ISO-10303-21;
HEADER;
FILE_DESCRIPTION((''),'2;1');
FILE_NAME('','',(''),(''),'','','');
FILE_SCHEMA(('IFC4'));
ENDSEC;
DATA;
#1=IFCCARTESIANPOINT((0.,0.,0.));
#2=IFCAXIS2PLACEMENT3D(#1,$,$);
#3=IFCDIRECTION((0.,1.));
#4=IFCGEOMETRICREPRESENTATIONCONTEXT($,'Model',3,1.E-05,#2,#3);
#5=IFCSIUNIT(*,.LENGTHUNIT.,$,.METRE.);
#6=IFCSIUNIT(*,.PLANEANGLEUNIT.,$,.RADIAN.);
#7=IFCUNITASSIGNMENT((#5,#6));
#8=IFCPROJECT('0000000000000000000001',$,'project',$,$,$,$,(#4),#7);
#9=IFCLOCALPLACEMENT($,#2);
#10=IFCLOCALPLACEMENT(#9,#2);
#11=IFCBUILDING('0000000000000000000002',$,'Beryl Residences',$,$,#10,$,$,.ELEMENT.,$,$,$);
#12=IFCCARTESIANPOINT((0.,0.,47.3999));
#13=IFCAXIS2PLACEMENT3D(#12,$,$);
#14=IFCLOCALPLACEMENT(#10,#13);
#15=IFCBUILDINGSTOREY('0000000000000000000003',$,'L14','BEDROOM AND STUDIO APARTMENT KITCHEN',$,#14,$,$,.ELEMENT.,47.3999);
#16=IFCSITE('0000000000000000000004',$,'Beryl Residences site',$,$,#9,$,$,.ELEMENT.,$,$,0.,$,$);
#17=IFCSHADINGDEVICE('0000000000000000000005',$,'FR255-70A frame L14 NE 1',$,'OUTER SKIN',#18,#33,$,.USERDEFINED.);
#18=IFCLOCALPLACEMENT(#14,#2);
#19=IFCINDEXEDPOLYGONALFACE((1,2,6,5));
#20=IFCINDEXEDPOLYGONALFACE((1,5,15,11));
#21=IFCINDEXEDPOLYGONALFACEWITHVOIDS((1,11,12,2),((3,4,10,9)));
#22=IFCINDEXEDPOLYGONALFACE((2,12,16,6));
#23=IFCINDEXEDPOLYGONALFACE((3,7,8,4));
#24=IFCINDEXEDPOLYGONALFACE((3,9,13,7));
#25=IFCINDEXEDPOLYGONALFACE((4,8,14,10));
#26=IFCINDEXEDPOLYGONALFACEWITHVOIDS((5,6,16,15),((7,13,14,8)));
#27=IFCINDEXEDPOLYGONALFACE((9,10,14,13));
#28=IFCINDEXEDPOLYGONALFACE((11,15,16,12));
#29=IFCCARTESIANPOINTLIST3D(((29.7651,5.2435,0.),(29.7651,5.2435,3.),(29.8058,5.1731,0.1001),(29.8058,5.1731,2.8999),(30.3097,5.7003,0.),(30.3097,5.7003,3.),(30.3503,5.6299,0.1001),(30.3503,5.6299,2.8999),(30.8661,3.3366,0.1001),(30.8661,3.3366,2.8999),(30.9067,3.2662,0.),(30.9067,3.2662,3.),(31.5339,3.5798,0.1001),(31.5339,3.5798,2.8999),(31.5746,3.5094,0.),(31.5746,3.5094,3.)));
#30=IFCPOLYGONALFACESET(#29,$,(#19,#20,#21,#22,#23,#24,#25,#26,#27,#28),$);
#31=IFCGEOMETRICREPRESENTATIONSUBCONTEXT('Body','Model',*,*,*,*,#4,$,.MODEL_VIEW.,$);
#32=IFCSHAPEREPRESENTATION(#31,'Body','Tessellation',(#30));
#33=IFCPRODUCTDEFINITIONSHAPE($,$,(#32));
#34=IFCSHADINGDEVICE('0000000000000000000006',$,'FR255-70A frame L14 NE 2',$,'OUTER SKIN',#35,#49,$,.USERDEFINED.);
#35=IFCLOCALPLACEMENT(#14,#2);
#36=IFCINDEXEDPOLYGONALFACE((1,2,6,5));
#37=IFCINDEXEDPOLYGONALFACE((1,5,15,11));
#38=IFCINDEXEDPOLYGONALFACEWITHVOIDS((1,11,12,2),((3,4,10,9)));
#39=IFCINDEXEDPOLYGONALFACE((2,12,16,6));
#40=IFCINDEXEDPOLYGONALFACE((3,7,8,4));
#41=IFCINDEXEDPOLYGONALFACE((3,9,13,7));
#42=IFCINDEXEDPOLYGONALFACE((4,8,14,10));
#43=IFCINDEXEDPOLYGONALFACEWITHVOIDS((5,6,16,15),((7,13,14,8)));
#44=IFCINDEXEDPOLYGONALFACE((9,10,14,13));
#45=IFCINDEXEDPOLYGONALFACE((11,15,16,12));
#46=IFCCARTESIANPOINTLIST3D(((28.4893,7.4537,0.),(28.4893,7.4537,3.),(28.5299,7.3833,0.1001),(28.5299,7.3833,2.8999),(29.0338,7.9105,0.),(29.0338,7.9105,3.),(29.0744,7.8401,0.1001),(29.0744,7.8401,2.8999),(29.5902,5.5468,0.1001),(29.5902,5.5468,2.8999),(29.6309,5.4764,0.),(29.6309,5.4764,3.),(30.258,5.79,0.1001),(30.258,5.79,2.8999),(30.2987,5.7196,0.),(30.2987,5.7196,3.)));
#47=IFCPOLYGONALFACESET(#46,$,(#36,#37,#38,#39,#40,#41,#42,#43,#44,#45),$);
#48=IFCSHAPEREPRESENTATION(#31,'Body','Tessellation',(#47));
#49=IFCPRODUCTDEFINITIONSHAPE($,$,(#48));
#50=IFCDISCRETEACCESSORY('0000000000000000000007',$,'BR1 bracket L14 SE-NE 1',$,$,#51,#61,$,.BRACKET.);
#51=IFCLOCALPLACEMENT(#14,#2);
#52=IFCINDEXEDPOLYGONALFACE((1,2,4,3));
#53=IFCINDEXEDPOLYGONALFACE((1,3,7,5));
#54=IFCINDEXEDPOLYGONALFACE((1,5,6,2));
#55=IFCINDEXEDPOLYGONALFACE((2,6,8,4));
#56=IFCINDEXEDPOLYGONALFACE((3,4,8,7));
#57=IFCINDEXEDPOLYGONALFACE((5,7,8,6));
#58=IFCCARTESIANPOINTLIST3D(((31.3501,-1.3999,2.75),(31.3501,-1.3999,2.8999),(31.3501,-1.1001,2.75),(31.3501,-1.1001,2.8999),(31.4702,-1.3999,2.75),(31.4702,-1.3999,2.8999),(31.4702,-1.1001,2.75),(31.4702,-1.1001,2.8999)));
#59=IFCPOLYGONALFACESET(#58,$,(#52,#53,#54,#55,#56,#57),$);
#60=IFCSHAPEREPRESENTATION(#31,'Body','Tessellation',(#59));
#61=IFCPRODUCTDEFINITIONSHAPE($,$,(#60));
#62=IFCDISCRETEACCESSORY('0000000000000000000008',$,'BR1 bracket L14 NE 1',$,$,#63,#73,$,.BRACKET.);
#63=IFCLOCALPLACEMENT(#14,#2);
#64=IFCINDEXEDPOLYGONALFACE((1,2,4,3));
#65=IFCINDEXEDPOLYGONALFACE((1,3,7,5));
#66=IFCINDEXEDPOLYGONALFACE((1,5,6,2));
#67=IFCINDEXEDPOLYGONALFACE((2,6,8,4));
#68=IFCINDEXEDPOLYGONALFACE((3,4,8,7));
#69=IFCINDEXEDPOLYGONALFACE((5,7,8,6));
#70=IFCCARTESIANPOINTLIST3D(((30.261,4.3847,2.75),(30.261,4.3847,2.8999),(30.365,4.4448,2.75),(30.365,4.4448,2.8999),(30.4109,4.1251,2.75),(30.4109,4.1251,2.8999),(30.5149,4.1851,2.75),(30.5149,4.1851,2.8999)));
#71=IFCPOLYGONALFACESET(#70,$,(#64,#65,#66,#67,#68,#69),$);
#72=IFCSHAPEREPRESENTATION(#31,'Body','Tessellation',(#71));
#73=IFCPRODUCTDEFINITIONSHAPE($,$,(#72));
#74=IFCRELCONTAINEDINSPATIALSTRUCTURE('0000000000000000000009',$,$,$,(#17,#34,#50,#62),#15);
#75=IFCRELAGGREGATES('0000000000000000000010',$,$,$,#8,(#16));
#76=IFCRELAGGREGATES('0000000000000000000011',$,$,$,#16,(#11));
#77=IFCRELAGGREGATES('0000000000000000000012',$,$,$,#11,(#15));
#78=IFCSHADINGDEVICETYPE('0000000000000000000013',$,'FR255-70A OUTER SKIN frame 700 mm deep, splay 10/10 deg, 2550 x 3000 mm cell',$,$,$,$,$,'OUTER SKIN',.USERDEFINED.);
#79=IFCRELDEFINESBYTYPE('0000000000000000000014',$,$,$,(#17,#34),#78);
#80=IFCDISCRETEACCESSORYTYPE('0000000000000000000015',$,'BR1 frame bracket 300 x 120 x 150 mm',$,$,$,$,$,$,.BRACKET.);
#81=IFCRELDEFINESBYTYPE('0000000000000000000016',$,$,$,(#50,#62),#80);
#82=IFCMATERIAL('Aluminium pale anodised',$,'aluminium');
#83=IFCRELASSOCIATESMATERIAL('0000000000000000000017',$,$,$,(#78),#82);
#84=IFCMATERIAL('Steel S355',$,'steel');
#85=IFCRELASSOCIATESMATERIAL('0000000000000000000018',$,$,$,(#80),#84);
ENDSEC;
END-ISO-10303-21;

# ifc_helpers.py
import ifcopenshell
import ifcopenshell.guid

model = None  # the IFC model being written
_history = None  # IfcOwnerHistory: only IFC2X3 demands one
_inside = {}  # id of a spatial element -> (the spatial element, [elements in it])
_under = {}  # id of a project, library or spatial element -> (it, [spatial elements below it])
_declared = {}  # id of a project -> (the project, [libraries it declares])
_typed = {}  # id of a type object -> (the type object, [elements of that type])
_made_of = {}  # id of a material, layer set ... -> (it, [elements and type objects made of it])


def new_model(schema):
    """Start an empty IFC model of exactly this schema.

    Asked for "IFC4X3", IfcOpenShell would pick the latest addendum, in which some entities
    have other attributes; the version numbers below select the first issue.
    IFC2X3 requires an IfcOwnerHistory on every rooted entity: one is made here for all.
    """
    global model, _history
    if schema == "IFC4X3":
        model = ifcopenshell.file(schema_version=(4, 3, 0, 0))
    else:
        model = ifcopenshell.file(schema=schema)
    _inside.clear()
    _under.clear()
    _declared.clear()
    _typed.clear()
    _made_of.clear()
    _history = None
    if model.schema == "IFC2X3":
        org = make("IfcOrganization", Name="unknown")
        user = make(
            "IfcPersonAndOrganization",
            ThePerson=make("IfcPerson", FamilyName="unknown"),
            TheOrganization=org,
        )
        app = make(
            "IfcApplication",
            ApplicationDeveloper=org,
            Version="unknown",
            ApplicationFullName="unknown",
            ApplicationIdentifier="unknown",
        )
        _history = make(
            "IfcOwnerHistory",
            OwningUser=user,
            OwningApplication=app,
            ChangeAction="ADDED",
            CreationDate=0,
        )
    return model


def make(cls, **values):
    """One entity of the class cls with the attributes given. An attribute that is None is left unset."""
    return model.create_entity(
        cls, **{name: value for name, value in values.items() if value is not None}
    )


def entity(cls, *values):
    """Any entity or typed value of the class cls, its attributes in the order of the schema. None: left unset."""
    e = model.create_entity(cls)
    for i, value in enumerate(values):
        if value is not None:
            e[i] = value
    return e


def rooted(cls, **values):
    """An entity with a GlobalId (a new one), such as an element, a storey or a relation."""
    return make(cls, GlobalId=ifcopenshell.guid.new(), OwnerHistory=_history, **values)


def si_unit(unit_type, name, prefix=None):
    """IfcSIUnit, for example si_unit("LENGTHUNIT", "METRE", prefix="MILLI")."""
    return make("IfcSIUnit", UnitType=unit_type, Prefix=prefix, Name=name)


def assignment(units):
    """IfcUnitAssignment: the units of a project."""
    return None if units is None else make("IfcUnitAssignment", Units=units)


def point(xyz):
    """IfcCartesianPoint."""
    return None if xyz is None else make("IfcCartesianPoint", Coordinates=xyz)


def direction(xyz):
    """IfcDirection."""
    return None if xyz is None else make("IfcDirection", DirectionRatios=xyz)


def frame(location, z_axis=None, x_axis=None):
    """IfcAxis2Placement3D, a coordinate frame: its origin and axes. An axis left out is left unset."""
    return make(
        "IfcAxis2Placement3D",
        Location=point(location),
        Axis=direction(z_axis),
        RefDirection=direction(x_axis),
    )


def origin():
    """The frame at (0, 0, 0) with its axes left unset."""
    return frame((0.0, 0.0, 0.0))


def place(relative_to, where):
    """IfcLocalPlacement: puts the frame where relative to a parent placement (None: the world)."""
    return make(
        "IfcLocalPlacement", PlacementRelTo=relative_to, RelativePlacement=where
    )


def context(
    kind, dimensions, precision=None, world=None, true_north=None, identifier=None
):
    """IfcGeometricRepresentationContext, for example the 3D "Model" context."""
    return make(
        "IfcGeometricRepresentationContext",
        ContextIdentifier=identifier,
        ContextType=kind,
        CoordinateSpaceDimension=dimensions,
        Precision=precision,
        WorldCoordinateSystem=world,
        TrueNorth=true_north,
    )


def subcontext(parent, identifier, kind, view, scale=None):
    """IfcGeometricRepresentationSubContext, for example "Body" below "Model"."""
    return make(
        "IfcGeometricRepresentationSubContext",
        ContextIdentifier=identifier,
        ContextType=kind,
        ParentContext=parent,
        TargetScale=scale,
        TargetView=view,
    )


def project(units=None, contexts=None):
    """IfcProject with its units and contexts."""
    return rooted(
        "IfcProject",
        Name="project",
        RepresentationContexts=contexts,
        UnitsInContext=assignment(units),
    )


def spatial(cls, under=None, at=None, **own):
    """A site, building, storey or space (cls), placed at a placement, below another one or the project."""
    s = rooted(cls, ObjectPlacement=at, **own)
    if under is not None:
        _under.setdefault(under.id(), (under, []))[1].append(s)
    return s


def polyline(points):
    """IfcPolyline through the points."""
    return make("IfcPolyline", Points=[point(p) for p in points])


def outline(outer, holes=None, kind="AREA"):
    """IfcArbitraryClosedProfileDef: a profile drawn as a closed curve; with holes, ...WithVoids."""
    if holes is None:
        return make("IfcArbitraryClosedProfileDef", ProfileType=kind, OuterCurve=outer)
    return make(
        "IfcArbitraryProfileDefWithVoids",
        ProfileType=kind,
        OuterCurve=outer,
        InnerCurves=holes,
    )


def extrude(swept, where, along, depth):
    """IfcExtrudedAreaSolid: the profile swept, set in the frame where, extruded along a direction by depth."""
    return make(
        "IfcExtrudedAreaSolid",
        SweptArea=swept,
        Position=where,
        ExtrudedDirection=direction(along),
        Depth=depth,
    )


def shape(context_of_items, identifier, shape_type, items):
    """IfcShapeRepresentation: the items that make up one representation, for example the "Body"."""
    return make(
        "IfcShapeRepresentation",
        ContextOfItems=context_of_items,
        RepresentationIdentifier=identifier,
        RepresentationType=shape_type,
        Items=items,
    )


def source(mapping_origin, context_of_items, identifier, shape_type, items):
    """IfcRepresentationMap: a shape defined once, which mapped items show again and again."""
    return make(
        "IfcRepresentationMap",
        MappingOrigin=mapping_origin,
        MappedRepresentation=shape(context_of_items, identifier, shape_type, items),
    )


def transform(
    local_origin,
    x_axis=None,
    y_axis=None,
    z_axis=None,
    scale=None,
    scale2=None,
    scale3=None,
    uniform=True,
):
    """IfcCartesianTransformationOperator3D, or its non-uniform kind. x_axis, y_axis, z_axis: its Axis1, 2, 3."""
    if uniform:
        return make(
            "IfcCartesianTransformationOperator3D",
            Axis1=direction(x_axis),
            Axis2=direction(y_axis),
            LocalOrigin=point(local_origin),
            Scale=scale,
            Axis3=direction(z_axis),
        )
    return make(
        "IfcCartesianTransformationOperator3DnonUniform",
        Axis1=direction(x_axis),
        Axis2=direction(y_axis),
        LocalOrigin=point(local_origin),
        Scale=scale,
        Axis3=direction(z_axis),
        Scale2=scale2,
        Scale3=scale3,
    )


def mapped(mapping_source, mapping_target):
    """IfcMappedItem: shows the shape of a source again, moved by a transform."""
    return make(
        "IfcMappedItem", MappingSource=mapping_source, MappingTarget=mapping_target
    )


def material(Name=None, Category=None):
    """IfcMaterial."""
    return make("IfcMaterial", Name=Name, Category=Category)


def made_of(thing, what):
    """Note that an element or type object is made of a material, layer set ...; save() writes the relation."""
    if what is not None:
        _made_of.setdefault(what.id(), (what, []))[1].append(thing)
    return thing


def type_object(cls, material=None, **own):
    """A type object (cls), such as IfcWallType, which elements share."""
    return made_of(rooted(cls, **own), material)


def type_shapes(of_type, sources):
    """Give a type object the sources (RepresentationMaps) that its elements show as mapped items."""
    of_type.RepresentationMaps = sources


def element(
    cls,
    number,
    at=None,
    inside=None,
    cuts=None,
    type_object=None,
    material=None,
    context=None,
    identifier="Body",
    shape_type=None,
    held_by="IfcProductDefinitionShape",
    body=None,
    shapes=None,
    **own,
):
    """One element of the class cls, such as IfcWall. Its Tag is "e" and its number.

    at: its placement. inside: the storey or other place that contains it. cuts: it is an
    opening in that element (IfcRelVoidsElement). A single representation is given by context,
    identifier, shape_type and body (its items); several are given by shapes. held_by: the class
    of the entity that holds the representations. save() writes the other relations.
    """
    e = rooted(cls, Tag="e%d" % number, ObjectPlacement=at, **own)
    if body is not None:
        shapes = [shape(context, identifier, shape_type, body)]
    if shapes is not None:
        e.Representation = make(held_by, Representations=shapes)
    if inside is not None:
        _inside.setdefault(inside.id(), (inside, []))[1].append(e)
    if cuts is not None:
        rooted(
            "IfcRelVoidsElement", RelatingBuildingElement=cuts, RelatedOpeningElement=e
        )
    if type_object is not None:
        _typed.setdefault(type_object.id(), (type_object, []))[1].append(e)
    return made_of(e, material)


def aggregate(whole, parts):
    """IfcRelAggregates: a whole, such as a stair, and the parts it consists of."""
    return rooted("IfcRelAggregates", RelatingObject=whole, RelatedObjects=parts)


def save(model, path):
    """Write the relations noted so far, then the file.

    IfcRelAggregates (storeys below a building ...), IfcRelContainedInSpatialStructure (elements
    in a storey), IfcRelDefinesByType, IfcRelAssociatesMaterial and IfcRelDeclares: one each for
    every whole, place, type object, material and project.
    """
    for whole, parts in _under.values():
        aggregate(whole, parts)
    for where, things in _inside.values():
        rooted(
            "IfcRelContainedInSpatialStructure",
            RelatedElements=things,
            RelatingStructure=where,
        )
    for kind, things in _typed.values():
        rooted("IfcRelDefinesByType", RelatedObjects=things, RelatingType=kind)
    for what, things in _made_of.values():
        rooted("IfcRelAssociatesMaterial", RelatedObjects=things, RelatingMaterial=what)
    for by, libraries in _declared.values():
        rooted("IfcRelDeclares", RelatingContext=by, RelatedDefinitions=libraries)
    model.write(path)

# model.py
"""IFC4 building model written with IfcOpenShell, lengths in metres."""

from ifc_helpers import new_model, entity, si_unit, direction, frame, origin, place, context, subcontext, project, spatial, polyline, outline, extrude, source, transform, mapped, material, type_object, type_shapes, element, save


model = new_model("IFC4")

# Units and contexts
model_context = context("Model", 3, precision=1e-05, world=origin(), true_north=direction((0.0, 1.0)))
body_context = subcontext(model_context, "Body", "Model", "MODEL_VIEW")
ifc_project = project(units=[si_unit("LENGTHUNIT", "METRE"), si_unit("PLANEANGLEUNIT", "RADIAN")], contexts=[model_context])

# Site, building, storey
site_placement = place(None, origin())
site = spatial("IfcSite", under=ifc_project, at=site_placement, Name="Beryl Residences site", CompositionType="ELEMENT", RefElevation=0.0)
building_placement = place(site_placement, origin())
building = spatial("IfcBuilding", under=site, at=building_placement, Name="Beryl Residences", CompositionType="ELEMENT")
storey_placement = place(building_placement, frame((0.0, 0.0, 47.3999)))
storey = spatial("IfcBuildingStorey", under=building, at=storey_placement, Name="L14", Description="BEDROOM AND STUDIO APARTMENT KITCHEN", CompositionType="ELEMENT", Elevation=47.3999)

# Shading devices
ifc_material_1 = material(Name="Aluminium pale anodised", Category="aluminium")
shading_device_type_1 = type_object("IfcShadingDeviceType", Name="FR255-70A OUTER SKIN frame 700 mm deep, splay 10/10 deg, 2550 x 3000 mm cell", ElementType="OUTER SKIN", PredefinedType="USERDEFINED", material=ifc_material_1)
cartesian_point_1 = entity("IfcCartesianPoint", [-1.1416, 0.0])
cartesian_point_2 = entity("IfcCartesianPoint", [-1.0603, 0.1001])
cartesian_point_3 = entity("IfcCartesianPoint", [-1.2649, 0.0])
cartesian_point_4 = entity("IfcCartesianPoint", [-1.1836, 0.1001])
shared_shape_1 = source(origin(), body_context, "Body", "SweptSolid", [
    entity("IfcExtrudedAreaSolidTapered", entity("IfcArbitraryProfileDefWithVoids", "AREA", None, entity("IfcPolyline", [cartesian_point_1, entity("IfcCartesianPoint", [1.1416, 0.0]), entity("IfcCartesianPoint", [1.1416, 3.0]), entity("IfcCartesianPoint", [-1.1416, 3.0]), cartesian_point_1]), [entity("IfcPolyline", [cartesian_point_2, entity("IfcCartesianPoint", [1.0603, 0.1001]), entity("IfcCartesianPoint", [1.0603, 2.8999]), entity("IfcCartesianPoint", [-1.0603, 2.8999]), cartesian_point_2])]), entity("IfcAxis2Placement3D", entity("IfcCartesianPoint", [0.0, 0.0, 0.0]), entity("IfcDirection", [0.0, 1.0, 0.0]), entity("IfcDirection", [-1.0, 0.0, 0.0])), entity("IfcDirection", [0.0, 0.0, 1.0]), 0.7, entity("IfcArbitraryProfileDefWithVoids", "AREA", None, entity("IfcPolyline", [cartesian_point_3, entity("IfcCartesianPoint", [1.2649, 0.0]), entity("IfcCartesianPoint", [1.2649, 3.0]), entity("IfcCartesianPoint", [-1.2649, 3.0]), cartesian_point_3]), [entity("IfcPolyline", [cartesian_point_4, entity("IfcCartesianPoint", [1.1836, 0.1001]), entity("IfcCartesianPoint", [1.1836, 2.8999]), entity("IfcCartesianPoint", [-1.1836, 2.8999]), cartesian_point_4])])),
])
type_shapes(shading_device_type_1, [shared_shape_1])
for number, where, z_axis, x_axis, name in (
    (1, (30.3359, 4.2549, 0.0), (0.0, 0.0, 1.0), (0.5, -0.866025, 0.0), "FR255-70A frame L14 NE 1"),
    (2, (29.0601, 6.4651, 0.0), (0.0, 0.0, 1.0), (0.5, -0.866025, 0.0), "FR255-70A frame L14 NE 2"),
):
    element("IfcShadingDevice", number, at=place(storey_placement, frame(where, z_axis=z_axis, x_axis=x_axis)), inside=storey, type_object=shading_device_type_1, Name=name, ObjectType="OUTER SKIN", PredefinedType="USERDEFINED", context=body_context, shape_type="MappedRepresentation", body=[
        mapped(shared_shape_1, transform((0.0, 0.0, 0.0))),
    ])

# Discrete accessories
ifc_material_2 = material(Name="Steel S355", Category="steel")
discrete_accessory_type = type_object("IfcDiscreteAccessoryType", Name="BR1 frame bracket 300 x 120 x 150 mm", PredefinedType="BRACKET", material=ifc_material_2)
shared_shape_2 = source(origin(), body_context, "Body", "SweptSolid", [
    extrude(outline(polyline([(-0.1499, 0.0), (0.1499, 0.0), (0.1499, 0.1201), (-0.1499, 0.1201), (-0.1499, 0.0)])), origin(), (0.0, 0.0, 1.0), 0.1499),
])
type_shapes(discrete_accessory_type, [shared_shape_2])
for number, where, z_axis, x_axis, name in (
    (3, (31.3501, -1.25, 2.75), (0.0, 0.0, 1.0), (0.0, -1.0, 0.0), "BR1 bracket L14 SE-NE 1"),
    (4, (30.3359, 4.2549, 2.75), (0.0, 0.0, 1.0), (0.5, -0.866025, 0.0), "BR1 bracket L14 NE 1"),
):
    element("IfcDiscreteAccessory", number, at=place(storey_placement, frame(where, z_axis=z_axis, x_axis=x_axis)), inside=storey, type_object=discrete_accessory_type, Name=name, PredefinedType="BRACKET", context=body_context, shape_type="MappedRepresentation", body=[
        mapped(shared_shape_2, transform((0.0, 0.0, 0.0))),
    ])

save(model, "model.ifc")
